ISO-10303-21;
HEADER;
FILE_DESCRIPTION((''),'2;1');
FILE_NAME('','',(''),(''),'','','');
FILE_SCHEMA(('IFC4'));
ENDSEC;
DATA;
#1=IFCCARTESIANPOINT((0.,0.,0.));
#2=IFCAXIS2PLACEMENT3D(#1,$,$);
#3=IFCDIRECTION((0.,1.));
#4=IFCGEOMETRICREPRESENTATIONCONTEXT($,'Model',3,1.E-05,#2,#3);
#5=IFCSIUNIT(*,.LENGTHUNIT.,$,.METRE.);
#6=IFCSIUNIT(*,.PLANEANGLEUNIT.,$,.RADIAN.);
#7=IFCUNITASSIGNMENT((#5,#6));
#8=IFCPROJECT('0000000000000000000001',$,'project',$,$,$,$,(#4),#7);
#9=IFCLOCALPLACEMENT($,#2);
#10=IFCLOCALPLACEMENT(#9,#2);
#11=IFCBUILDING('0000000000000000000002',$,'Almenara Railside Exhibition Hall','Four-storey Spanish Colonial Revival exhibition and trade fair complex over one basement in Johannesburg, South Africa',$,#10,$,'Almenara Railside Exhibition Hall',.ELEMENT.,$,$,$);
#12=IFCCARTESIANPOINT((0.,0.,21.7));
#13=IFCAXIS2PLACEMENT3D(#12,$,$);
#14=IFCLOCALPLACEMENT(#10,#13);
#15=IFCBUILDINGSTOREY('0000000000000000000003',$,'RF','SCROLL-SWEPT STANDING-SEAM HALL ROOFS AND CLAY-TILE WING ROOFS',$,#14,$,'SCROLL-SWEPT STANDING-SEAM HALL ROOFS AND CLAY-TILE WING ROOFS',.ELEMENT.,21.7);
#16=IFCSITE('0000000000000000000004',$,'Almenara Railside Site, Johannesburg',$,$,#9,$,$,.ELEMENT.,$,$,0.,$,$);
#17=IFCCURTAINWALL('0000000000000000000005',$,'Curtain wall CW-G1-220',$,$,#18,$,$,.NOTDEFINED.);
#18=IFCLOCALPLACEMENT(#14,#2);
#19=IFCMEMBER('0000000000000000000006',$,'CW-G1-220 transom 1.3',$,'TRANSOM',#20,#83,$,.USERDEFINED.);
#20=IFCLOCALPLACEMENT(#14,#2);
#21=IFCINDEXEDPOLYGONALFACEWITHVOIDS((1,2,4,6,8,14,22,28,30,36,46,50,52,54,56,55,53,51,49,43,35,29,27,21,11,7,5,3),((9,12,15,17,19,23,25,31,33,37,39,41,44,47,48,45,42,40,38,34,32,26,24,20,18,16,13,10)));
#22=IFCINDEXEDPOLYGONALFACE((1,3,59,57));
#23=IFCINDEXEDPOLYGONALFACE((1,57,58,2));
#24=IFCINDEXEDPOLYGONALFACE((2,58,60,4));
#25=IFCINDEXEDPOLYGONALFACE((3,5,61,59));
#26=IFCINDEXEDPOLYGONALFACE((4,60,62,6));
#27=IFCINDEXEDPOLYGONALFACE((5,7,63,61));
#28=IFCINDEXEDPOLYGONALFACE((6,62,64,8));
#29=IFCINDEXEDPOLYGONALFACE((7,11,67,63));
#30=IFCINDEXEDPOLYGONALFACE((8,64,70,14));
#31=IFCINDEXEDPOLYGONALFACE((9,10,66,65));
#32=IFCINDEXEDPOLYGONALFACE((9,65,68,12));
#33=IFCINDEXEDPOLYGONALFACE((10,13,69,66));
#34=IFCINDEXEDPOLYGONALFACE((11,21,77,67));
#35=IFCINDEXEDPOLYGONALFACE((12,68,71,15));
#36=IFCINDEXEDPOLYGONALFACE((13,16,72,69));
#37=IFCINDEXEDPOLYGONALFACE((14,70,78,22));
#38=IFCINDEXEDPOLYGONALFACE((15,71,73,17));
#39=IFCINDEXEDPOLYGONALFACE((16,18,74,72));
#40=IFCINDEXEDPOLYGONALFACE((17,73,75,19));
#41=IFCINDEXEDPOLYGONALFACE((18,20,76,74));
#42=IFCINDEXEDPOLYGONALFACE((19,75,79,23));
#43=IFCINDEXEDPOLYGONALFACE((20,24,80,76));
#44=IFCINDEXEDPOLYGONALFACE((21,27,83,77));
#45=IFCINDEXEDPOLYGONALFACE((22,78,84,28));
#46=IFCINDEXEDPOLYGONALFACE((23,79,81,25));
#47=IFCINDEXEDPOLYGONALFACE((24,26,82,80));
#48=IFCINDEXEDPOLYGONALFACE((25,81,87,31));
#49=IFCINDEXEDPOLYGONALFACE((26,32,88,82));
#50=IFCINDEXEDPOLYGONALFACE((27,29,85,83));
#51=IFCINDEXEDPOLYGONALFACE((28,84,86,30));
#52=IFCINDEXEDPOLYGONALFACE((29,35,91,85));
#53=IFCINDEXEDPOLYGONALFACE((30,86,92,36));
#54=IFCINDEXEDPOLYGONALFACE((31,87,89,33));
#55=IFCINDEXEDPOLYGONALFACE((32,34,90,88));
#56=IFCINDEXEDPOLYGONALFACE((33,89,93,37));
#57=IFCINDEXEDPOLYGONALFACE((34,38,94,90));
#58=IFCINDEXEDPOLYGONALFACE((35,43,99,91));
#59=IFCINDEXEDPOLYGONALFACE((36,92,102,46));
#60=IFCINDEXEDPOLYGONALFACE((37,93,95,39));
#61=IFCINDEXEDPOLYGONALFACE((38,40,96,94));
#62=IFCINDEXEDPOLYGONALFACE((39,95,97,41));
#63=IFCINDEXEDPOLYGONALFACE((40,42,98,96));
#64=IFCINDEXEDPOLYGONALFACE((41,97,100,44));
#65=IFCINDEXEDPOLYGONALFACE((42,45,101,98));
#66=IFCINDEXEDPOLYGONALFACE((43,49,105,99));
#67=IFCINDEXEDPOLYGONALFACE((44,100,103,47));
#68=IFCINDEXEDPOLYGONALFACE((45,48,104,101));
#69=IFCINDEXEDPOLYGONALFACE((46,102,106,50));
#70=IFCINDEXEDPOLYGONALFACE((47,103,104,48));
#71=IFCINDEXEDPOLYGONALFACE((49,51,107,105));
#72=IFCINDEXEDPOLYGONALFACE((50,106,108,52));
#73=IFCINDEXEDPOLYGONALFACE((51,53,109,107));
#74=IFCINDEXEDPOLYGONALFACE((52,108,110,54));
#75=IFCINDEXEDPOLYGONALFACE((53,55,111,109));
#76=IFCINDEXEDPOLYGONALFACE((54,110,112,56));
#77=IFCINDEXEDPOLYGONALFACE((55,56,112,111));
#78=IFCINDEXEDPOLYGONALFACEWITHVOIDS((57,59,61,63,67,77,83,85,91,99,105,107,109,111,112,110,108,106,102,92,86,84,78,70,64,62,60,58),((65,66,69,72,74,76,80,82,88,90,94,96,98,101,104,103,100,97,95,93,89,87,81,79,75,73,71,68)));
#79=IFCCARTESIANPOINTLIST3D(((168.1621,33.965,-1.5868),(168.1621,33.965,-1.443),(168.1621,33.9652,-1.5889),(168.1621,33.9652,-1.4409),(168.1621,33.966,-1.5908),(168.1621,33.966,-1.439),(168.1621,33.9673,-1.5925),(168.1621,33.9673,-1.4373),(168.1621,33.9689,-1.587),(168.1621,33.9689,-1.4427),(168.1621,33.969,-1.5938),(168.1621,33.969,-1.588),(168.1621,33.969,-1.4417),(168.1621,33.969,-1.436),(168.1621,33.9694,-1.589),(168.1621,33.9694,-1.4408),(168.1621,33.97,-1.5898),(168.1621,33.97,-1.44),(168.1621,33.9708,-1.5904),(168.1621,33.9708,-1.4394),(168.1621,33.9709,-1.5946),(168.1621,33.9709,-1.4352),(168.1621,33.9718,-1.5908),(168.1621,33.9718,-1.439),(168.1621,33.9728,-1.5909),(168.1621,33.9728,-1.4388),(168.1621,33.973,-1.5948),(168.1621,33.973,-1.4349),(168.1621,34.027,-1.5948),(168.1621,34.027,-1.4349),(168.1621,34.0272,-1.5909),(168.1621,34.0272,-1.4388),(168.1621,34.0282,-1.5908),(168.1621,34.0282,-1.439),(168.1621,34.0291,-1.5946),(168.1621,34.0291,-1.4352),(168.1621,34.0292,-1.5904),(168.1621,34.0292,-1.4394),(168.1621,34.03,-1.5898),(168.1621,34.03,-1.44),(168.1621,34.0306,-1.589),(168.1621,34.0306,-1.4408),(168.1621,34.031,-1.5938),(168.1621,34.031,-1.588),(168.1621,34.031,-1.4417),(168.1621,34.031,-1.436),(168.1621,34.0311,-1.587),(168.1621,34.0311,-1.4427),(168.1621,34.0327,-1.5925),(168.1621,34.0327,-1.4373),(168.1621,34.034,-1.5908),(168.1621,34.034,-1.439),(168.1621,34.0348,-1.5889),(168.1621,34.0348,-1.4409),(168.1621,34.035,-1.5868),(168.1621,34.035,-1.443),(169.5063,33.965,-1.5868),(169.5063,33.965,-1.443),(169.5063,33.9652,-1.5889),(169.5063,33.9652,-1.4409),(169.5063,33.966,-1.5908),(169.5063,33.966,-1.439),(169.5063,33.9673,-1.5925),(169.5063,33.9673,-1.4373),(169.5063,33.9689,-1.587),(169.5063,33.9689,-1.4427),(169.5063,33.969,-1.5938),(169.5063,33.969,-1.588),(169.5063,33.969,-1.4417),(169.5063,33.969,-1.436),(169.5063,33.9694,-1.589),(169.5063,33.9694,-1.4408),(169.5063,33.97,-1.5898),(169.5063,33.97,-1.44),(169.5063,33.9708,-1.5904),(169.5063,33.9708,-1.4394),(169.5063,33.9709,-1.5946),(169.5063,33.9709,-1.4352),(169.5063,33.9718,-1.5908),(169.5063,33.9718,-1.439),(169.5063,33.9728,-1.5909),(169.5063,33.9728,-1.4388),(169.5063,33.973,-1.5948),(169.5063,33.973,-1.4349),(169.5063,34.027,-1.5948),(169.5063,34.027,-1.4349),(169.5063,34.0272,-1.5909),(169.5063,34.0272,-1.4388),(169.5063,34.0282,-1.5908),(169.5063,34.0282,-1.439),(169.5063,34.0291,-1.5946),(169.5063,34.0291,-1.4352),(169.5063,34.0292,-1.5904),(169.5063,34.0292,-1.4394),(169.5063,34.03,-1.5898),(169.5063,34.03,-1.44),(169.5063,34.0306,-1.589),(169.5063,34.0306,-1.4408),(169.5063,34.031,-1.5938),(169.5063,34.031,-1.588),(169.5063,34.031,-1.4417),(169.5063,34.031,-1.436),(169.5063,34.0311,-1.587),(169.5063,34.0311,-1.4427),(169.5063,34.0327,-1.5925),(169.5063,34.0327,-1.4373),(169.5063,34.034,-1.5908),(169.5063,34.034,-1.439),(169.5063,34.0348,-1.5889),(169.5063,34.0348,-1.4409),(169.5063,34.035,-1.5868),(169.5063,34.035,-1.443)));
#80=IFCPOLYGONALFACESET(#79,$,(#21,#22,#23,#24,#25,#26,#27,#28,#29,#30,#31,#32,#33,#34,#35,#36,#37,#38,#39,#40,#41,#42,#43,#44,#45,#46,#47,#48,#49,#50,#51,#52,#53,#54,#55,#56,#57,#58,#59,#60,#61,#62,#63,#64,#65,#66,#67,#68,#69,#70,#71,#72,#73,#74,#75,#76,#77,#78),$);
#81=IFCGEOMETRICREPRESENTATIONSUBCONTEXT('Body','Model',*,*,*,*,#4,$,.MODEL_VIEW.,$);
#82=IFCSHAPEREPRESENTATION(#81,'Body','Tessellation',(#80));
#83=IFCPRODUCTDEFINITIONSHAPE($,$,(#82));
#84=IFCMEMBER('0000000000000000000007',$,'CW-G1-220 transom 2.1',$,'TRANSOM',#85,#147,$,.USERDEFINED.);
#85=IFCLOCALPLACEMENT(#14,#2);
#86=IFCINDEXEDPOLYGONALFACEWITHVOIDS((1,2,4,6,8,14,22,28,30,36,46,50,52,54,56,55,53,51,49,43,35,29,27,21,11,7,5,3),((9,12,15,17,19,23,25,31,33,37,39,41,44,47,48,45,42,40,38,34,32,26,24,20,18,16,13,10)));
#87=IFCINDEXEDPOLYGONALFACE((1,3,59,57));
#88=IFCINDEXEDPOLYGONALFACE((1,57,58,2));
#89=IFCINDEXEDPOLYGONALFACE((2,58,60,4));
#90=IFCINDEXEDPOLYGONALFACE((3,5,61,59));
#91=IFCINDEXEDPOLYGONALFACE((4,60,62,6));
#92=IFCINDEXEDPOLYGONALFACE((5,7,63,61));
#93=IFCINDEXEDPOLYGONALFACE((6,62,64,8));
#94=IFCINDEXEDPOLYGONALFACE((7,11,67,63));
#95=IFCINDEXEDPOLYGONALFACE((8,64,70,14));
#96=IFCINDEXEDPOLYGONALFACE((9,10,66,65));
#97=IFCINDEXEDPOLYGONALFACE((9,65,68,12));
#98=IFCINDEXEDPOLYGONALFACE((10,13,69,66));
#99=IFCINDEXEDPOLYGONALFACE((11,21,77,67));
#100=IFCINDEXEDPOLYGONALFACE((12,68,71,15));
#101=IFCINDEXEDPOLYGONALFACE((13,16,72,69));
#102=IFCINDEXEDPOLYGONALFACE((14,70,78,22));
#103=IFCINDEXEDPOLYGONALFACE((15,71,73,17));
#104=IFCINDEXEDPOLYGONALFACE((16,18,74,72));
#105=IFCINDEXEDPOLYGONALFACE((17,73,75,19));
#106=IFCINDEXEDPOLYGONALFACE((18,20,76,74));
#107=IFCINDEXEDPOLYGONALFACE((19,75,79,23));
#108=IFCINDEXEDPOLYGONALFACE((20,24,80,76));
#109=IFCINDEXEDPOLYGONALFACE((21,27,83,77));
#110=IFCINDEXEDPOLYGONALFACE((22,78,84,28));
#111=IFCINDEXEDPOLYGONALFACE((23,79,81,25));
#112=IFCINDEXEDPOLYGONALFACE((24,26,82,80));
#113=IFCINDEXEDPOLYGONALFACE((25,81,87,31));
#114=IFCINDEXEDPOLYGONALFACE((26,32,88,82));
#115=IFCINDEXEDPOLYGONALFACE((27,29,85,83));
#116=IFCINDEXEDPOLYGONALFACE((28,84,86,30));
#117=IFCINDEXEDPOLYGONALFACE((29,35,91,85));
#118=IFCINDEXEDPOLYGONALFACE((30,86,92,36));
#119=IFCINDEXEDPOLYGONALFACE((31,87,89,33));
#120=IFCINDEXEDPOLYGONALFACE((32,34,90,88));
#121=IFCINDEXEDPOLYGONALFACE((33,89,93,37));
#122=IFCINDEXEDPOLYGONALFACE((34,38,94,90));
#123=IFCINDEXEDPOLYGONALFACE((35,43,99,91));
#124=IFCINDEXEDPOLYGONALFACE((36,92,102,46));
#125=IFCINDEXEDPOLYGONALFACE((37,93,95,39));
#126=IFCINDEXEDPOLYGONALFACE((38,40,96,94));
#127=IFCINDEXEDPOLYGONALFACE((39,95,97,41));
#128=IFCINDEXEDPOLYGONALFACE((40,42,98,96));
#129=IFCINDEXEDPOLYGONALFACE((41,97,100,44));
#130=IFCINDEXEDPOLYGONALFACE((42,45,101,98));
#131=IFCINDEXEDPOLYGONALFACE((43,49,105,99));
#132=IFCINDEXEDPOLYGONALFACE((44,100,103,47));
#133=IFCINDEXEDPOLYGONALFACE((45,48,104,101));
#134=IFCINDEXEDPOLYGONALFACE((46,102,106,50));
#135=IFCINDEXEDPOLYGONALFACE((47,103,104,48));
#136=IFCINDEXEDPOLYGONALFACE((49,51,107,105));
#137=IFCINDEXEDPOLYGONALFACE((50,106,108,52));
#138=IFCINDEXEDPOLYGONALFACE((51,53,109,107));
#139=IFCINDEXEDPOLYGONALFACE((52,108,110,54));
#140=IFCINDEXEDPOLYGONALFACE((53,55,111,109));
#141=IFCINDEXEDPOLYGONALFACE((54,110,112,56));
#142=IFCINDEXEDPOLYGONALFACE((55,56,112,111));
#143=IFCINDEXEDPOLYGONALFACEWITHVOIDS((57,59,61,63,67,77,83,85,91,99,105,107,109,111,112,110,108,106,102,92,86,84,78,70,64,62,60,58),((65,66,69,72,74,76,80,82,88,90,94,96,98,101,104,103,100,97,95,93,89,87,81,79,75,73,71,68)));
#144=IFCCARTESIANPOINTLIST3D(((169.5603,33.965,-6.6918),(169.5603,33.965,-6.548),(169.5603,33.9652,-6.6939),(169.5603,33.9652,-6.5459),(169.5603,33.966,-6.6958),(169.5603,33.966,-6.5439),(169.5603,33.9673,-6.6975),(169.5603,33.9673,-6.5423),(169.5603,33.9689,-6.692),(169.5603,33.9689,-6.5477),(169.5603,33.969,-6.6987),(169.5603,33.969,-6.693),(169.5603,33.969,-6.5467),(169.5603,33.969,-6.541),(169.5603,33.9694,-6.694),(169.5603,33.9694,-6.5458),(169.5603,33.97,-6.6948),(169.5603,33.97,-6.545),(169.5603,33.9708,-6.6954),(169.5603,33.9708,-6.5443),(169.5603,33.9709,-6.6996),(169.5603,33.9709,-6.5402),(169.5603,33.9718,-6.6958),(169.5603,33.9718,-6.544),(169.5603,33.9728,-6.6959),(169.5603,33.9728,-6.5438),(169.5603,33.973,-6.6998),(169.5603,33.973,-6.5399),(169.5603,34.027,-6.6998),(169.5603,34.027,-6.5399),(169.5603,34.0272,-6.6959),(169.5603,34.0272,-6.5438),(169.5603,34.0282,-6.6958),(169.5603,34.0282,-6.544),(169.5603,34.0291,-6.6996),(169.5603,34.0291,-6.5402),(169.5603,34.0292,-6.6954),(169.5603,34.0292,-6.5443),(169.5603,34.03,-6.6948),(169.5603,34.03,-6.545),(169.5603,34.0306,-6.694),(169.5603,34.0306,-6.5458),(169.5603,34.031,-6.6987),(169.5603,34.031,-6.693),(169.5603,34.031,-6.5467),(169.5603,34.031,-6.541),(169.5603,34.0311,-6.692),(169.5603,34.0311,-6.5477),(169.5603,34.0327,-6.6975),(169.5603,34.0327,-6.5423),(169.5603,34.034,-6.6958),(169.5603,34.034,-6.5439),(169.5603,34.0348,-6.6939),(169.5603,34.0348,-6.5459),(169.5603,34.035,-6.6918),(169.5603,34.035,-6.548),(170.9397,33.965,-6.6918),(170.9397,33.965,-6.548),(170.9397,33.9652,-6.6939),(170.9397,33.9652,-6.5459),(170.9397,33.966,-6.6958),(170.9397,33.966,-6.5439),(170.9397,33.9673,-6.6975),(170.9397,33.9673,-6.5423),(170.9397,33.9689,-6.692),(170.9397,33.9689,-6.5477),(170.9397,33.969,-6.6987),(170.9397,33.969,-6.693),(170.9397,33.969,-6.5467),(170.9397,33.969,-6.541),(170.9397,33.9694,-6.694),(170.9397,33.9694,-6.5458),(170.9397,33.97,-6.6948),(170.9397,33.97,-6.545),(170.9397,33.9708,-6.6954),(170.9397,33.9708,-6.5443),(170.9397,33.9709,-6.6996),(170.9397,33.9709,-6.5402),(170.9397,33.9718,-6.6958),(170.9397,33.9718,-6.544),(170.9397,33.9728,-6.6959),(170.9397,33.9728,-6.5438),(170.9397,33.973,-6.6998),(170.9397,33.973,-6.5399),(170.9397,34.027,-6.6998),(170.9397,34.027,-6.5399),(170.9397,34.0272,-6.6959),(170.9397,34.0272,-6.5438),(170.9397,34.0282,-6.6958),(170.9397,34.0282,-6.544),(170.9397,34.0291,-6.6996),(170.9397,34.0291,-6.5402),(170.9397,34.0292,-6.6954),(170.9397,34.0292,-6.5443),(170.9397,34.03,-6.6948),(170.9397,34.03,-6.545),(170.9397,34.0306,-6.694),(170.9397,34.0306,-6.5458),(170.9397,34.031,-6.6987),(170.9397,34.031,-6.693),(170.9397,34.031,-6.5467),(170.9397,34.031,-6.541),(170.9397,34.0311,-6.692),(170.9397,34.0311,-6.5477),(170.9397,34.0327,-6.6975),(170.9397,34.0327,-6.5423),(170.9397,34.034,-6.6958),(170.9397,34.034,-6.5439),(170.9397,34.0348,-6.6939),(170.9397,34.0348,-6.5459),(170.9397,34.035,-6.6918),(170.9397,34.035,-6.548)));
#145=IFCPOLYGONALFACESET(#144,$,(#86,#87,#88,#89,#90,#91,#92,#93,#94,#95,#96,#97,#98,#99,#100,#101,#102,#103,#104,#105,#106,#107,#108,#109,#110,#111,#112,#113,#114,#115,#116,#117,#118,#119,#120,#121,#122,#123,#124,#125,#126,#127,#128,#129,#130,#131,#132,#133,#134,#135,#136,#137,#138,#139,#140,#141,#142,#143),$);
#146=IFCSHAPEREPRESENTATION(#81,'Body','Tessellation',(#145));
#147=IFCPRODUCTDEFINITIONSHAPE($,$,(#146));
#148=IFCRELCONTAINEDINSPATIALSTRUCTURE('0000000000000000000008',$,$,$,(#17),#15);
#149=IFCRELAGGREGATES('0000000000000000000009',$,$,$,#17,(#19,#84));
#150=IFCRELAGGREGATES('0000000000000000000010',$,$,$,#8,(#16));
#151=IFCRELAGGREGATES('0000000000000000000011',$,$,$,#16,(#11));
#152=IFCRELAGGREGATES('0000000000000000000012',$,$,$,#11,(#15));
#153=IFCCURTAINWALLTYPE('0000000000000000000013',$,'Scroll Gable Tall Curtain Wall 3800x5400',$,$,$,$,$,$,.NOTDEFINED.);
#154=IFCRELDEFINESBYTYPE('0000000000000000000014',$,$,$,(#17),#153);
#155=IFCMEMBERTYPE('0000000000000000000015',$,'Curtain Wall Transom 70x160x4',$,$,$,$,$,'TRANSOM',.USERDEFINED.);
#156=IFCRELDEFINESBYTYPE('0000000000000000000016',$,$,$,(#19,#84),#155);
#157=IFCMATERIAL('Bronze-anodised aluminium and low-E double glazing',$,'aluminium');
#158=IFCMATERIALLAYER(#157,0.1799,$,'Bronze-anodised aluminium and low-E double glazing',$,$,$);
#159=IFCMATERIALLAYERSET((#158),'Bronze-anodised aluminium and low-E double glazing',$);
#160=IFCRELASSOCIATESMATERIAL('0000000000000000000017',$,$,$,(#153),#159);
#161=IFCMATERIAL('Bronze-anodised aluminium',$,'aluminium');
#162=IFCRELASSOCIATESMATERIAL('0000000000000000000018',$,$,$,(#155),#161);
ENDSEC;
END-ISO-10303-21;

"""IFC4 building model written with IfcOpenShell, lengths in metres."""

from ifc_helpers import new_model, si_unit, direction, frame, origin, origin_2d, place, context, subcontext, project, spatial, hollow_rectangle, extrude, material, layer, layer_set, material_profile, profile_set, type_object, element, aggregate, save


model = new_model("IFC4")

# Units and contexts
model_context = context("Model", 3, precision=1e-05, world=origin(), true_north=direction((0.0, 1.0)))
body_context = subcontext(model_context, "Body", "Model", "MODEL_VIEW")
ifc_project = project(units=[si_unit("LENGTHUNIT", "METRE"), si_unit("PLANEANGLEUNIT", "RADIAN")], contexts=[model_context])

# Site, building, storey
site_placement = place(None, origin())
site = spatial("IfcSite", under=ifc_project, at=site_placement, Name="Almenara Railside Site, Johannesburg", CompositionType="ELEMENT", RefElevation=0.0)
building_placement = place(site_placement, origin())
building = spatial("IfcBuilding", under=site, at=building_placement, Name="Almenara Railside Exhibition Hall", Description="Four-storey Spanish Colonial Revival exhibition and trade fair complex over one basement in Johannesburg, South Africa", LongName="Almenara Railside Exhibition Hall", CompositionType="ELEMENT")
storey_placement = place(building_placement, frame((0.0, 0.0, 21.7)))
storey = spatial("IfcBuildingStorey", under=building, at=storey_placement, Name="RF", Description="SCROLL-SWEPT STANDING-SEAM HALL ROOFS AND CLAY-TILE WING ROOFS", LongName="SCROLL-SWEPT STANDING-SEAM HALL ROOFS AND CLAY-TILE WING ROOFS", CompositionType="ELEMENT", Elevation=21.7)

# Curtain wall
ifc_material_1 = material(Name="Bronze-anodised aluminium and low-E double glazing", Category="aluminium")
ifc_layer_1 = layer(ifc_material_1, 0.1799, Name="Bronze-anodised aluminium and low-E double glazing")
ifc_layer_set_1 = layer_set([ifc_layer_1], Name="Bronze-anodised aluminium and low-E double glazing")
curtain_wall_type = type_object("IfcCurtainWallType", Name="Scroll Gable Tall Curtain Wall 3800x5400", PredefinedType="NOTDEFINED", material=ifc_layer_set_1)
ifc_material_2 = material(Name="Bronze-anodised aluminium", Category="aluminium")
curtain_wall_1_placement = place(storey_placement, origin())
curtain_wall_1 = element("IfcCurtainWall", 1, at=curtain_wall_1_placement, inside=storey, type_object=curtain_wall_type, Name="Curtain wall CW-G1-220", PredefinedType="NOTDEFINED")

# Members
ifc_material_profile_1 = material_profile(ifc_material_2, hollow_rectangle(XDim=0.0701, YDim=0.1599, WallThickness=0.0039, InnerFilletRadius=0.0039, OuterFilletRadius=0.0081, at=origin_2d()), Name="ALU-TRN 70x160x4")
ifc_profile_set_1 = profile_set([ifc_material_profile_1], Name="Bronze-anodised aluminium")
member_type_1 = type_object("IfcMemberType", Name="Curtain Wall Transom 70x160x4", ElementType="TRANSOM", PredefinedType="USERDEFINED", material=ifc_profile_set_1)
member_1_placement = place(storey_placement, frame((168.1621, 34.0, -1.5149), z_axis=(1.0, 0.0, 0.0), x_axis=(0.0, 1.0, 0.0)))
member_1 = element("IfcMember", 2, at=member_1_placement, type_object=member_type_1, Name="CW-G1-220 transom 1.3", ObjectType="TRANSOM", PredefinedType="USERDEFINED", context=body_context, shape_type="SweptSolid", body=[
    extrude(hollow_rectangle(XDim=0.0701, YDim=0.1599, WallThickness=0.0039, InnerFilletRadius=0.0039, OuterFilletRadius=0.0081, at=origin_2d()), origin(), (0.0, 0.0, 1.0), 1.3442),
])
member_2_placement = place(storey_placement, frame((169.5603, 34.0, -6.6199), z_axis=(1.0, 0.0, 0.0), x_axis=(0.0, 1.0, 0.0)))
member_2 = element("IfcMember", 3, at=member_2_placement, type_object=member_type_1, Name="CW-G1-220 transom 2.1", ObjectType="TRANSOM", PredefinedType="USERDEFINED", context=body_context, shape_type="SweptSolid", body=[
    extrude(hollow_rectangle(XDim=0.0701, YDim=0.1599, WallThickness=0.0039, InnerFilletRadius=0.0039, OuterFilletRadius=0.0081, at=origin_2d()), origin(), (0.0, 0.0, 1.0), 1.3794),
])

aggregate(curtain_wall_1, [member_1, member_2])

save(model, "model.ifc")
